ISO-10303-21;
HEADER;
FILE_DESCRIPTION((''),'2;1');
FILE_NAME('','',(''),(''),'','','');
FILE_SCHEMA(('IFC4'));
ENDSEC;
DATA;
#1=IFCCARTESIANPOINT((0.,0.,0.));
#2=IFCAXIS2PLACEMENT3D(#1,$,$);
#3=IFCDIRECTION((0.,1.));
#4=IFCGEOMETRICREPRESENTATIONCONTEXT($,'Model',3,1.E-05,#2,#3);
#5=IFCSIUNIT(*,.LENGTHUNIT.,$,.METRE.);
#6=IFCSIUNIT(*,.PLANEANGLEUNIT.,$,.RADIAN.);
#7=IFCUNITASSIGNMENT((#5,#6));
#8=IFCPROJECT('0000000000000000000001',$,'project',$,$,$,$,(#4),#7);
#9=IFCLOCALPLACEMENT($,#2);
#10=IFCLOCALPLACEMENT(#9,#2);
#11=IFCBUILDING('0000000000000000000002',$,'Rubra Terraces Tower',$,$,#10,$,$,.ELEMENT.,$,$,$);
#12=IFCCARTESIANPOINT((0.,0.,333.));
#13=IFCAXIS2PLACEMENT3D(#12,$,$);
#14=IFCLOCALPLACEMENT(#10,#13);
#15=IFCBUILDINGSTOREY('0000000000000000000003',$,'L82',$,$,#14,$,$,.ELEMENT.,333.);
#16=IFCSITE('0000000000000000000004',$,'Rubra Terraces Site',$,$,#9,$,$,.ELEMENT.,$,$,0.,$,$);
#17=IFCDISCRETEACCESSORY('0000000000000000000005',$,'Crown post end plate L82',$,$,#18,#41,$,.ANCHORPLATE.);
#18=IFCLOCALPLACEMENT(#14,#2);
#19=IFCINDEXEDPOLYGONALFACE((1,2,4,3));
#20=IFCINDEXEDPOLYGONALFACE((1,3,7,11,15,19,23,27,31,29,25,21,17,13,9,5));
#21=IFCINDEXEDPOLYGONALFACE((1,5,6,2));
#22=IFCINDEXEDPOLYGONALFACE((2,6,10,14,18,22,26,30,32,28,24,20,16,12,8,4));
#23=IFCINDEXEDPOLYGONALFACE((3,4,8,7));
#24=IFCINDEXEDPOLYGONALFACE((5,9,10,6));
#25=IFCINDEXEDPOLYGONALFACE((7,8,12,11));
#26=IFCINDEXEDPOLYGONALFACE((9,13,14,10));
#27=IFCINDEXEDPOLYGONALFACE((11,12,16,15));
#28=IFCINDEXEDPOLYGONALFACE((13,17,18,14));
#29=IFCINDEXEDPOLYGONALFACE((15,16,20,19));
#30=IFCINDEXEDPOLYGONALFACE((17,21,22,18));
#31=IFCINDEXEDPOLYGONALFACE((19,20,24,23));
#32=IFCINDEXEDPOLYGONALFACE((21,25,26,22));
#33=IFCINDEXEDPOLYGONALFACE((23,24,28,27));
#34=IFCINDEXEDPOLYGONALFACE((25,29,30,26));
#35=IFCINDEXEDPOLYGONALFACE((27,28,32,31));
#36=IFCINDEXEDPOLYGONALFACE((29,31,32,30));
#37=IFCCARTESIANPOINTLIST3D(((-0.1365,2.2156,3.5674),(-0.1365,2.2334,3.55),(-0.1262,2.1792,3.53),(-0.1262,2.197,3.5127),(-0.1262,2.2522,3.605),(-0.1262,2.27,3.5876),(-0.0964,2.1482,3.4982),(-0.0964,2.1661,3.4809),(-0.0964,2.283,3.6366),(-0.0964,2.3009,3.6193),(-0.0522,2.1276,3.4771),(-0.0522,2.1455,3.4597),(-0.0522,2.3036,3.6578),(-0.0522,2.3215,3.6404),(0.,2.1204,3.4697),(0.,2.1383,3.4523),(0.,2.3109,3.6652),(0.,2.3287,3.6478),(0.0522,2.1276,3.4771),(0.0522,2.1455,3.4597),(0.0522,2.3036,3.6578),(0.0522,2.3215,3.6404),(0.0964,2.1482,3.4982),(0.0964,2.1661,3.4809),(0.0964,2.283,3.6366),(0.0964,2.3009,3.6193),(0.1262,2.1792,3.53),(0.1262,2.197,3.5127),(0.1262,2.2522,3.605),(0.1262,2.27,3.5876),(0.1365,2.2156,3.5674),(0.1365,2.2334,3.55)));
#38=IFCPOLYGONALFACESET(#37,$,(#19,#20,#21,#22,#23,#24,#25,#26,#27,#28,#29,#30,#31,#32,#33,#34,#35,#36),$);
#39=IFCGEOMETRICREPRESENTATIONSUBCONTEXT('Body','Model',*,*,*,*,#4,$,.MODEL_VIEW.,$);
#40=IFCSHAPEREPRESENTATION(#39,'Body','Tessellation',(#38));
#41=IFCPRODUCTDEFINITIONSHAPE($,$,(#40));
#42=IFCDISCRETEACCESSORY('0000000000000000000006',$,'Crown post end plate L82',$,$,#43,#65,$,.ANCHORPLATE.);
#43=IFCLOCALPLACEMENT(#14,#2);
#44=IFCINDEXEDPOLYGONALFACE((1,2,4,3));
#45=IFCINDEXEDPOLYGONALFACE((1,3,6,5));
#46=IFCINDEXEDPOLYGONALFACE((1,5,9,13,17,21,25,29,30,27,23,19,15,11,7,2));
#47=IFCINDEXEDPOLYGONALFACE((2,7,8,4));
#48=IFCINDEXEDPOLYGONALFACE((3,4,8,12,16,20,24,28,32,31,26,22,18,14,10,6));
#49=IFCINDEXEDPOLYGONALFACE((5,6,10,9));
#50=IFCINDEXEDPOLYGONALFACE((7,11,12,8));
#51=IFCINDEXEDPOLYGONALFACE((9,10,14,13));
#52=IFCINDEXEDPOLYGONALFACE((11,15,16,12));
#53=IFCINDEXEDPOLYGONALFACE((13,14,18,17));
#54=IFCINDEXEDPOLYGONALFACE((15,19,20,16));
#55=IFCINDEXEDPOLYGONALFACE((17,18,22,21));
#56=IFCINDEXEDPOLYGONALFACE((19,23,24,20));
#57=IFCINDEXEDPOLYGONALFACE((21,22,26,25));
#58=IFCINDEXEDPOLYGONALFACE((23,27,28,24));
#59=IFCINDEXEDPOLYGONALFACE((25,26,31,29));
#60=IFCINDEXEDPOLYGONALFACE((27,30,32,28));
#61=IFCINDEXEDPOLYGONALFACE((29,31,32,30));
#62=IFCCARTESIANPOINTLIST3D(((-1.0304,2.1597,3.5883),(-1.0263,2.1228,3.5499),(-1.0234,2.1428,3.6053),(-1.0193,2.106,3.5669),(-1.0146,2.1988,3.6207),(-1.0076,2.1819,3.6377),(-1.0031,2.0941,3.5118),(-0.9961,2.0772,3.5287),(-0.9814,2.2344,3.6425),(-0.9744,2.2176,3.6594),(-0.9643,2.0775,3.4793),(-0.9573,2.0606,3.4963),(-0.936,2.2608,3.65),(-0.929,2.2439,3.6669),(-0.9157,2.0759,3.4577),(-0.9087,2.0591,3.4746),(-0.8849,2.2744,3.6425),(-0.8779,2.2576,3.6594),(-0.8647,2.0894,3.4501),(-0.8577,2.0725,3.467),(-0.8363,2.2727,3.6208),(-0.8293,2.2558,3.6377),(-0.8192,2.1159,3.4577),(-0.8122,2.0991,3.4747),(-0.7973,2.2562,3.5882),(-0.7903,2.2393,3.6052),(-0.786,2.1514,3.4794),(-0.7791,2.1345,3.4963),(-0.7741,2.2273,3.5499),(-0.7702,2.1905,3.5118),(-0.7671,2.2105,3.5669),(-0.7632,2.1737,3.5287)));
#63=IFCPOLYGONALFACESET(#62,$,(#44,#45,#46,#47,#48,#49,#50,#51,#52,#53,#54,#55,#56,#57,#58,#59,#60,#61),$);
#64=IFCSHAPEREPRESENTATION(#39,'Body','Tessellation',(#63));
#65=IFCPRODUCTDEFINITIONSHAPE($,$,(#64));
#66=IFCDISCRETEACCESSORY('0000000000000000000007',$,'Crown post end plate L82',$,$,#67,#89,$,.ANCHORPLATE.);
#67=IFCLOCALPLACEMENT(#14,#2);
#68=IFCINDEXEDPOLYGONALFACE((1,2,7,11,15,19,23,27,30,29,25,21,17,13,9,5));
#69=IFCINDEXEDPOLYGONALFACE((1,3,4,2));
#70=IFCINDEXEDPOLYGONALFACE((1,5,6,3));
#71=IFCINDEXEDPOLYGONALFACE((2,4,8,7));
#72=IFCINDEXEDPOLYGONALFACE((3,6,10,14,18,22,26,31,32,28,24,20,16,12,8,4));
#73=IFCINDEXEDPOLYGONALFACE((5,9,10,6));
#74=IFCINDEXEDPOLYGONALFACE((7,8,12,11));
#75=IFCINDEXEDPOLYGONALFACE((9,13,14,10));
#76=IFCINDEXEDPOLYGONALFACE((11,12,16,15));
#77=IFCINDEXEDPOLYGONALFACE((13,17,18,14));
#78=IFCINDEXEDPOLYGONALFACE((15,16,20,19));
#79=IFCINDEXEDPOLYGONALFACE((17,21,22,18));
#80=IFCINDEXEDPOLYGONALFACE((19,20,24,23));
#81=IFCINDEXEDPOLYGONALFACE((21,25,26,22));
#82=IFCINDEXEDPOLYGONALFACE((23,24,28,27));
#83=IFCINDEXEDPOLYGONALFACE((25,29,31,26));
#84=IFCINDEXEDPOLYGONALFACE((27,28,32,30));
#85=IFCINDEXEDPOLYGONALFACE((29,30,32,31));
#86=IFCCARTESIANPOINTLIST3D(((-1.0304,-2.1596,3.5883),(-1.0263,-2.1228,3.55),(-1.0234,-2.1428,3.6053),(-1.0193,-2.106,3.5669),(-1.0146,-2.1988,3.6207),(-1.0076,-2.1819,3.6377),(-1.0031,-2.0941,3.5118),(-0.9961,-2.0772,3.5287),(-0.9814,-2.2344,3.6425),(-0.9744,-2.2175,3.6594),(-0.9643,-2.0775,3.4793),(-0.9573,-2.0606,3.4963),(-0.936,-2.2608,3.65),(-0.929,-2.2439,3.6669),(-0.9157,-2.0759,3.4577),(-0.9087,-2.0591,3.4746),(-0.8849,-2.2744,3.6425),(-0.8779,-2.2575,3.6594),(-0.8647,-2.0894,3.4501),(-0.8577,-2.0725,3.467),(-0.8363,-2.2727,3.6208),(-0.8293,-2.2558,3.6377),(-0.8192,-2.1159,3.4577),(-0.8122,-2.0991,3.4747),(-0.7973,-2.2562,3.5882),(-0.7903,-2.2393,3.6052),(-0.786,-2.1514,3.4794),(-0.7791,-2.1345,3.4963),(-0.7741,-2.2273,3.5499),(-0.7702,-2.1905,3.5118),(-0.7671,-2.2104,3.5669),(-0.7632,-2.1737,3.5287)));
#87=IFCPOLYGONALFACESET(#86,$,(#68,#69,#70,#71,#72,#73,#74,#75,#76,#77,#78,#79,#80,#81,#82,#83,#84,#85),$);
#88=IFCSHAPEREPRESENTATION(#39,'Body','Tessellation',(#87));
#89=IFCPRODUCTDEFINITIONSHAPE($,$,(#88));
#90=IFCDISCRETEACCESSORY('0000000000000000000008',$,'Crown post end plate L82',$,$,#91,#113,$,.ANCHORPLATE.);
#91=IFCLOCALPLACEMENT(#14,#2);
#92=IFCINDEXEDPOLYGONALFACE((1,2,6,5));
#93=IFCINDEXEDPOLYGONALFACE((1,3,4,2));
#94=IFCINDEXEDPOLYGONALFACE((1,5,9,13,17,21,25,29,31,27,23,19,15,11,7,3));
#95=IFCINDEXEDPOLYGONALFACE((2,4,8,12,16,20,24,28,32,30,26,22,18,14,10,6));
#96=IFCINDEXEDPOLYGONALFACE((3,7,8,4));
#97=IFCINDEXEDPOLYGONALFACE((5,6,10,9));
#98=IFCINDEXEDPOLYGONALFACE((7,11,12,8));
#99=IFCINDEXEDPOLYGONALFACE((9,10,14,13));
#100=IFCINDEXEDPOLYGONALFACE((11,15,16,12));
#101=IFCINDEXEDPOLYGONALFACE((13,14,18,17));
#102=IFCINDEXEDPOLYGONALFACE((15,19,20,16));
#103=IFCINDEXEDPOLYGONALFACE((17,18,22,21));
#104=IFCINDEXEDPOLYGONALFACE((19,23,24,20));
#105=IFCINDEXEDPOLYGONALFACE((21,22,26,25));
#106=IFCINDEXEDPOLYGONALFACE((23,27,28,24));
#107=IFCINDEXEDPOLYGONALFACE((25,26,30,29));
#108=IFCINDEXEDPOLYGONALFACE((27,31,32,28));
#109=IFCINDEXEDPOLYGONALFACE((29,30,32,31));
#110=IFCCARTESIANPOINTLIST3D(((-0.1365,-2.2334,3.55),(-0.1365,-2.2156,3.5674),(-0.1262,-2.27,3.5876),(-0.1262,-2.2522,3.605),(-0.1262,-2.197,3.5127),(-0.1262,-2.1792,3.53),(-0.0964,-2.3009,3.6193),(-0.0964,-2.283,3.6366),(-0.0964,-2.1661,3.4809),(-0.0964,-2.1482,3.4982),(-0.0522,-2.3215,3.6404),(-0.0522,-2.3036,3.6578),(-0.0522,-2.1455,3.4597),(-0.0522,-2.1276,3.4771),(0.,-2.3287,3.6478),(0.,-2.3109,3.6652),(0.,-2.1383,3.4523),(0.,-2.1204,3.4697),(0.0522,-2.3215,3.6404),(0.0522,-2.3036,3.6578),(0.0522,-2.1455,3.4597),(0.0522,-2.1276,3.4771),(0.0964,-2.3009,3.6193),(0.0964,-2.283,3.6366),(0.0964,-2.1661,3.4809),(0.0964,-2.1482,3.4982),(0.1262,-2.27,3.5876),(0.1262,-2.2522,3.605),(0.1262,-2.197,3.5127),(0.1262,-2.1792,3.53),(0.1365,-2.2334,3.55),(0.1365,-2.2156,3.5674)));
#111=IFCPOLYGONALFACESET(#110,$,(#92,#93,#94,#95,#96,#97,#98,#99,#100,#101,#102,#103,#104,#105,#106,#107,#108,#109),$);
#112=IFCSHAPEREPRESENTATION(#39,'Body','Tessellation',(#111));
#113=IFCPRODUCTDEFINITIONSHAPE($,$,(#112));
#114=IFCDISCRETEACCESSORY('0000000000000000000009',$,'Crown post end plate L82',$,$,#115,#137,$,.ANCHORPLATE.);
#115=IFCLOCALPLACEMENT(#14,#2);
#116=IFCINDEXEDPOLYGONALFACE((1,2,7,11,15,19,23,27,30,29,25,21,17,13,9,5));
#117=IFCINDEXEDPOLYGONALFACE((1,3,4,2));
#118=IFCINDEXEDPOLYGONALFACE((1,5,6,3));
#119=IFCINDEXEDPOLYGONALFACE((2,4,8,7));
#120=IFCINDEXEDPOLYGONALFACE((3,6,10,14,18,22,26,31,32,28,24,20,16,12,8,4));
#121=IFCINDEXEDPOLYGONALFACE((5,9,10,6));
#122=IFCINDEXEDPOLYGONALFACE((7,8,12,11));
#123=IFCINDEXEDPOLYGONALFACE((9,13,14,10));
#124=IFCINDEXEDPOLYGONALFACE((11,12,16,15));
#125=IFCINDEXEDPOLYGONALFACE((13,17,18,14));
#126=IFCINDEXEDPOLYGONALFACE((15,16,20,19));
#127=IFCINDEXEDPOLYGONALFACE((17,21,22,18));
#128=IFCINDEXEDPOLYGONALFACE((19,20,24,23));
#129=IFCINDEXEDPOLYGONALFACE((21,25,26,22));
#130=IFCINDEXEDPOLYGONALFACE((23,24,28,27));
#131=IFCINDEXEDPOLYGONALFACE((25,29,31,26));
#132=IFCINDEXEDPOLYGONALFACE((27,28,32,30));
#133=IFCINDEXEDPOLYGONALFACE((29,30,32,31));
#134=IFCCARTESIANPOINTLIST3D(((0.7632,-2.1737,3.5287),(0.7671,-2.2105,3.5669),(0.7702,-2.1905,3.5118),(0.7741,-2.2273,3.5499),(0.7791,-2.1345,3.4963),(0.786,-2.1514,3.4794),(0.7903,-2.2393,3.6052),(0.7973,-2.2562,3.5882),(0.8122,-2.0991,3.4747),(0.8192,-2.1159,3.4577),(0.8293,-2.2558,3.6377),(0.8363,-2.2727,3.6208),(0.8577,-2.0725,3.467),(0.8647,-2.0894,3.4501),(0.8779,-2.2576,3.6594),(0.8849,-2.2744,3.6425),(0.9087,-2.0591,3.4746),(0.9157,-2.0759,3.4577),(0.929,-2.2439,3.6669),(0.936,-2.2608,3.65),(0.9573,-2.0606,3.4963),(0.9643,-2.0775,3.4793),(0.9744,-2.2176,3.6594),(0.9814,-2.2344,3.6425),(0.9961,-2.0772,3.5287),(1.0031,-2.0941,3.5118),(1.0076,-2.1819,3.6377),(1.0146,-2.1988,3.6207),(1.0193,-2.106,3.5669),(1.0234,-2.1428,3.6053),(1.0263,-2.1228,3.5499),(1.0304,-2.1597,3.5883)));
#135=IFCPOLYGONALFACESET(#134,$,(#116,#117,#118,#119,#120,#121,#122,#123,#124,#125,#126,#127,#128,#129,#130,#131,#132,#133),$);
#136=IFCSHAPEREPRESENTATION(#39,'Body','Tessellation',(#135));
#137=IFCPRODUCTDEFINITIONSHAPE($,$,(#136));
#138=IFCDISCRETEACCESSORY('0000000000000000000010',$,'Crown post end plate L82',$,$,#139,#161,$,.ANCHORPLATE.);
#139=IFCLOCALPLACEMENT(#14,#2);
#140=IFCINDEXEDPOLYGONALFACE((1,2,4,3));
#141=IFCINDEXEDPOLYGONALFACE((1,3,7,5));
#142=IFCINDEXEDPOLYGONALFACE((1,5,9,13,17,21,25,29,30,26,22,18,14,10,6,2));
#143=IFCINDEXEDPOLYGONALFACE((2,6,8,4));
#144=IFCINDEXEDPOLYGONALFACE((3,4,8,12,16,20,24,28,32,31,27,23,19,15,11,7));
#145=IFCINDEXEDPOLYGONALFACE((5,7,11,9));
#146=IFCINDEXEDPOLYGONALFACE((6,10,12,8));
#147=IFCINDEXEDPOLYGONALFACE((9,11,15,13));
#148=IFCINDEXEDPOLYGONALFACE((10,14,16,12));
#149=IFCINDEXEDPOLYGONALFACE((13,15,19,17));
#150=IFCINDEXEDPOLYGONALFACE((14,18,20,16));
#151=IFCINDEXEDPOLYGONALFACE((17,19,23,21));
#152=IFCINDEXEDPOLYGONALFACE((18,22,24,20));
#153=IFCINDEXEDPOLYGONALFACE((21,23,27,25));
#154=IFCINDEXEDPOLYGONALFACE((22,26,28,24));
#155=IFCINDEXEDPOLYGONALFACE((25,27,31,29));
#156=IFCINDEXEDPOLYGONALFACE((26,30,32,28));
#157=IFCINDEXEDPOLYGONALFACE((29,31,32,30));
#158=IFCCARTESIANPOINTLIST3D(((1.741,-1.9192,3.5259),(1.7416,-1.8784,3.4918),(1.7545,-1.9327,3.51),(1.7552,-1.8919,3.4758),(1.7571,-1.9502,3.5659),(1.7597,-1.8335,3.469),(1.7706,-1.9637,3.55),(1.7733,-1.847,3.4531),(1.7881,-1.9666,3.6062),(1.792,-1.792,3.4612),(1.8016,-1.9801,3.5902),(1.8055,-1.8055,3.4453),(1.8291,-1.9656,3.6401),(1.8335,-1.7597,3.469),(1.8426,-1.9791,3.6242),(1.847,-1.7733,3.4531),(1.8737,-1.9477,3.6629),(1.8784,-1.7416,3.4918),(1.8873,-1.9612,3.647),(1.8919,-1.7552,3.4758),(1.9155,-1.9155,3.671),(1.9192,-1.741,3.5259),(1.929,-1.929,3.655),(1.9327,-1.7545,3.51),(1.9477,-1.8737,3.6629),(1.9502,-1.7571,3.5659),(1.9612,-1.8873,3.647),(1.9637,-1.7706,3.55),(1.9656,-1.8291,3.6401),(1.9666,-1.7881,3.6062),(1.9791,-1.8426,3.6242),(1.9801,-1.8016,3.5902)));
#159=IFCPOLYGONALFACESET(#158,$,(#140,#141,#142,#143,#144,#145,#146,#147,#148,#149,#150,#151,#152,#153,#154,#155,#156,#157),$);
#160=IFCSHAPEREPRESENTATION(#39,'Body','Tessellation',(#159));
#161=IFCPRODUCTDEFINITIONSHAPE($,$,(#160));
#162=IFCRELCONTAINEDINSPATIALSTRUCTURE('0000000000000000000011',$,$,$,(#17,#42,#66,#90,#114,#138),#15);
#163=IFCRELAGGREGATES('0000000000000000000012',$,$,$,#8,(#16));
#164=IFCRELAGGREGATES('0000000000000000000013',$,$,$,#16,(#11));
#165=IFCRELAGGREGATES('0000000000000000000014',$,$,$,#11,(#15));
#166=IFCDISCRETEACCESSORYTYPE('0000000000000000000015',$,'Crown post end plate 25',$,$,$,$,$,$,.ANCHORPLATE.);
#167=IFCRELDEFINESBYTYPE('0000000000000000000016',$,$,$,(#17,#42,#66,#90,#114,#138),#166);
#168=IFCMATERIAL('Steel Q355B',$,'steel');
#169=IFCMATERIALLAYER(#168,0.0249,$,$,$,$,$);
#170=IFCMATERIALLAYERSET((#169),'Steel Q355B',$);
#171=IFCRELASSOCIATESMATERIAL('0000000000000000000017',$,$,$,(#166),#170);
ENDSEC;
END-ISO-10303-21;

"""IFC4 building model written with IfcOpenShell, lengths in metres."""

from ifc_helpers import new_model, si_unit, direction, frame, origin, place, context, subcontext, project, spatial, polyline, outline, extrude, material, layer, layer_set, type_object, element, save


model = new_model("IFC4")

# Units and contexts
model_context = context("Model", 3, precision=1e-05, world=origin(), true_north=direction((0.0, 1.0)))
body_context = subcontext(model_context, "Body", "Model", "MODEL_VIEW")
ifc_project = project(units=[si_unit("LENGTHUNIT", "METRE"), si_unit("PLANEANGLEUNIT", "RADIAN")], contexts=[model_context])

# Site, building, storey
site_placement = place(None, origin())
site = spatial("IfcSite", under=ifc_project, at=site_placement, Name="Rubra Terraces Site", CompositionType="ELEMENT", RefElevation=0.0)
building_placement = place(site_placement, origin())
building = spatial("IfcBuilding", under=site, at=building_placement, Name="Rubra Terraces Tower", CompositionType="ELEMENT")
storey_placement = place(building_placement, frame((0.0, 0.0, 333.0)))
storey = spatial("IfcBuildingStorey", under=building, at=storey_placement, Name="L82", CompositionType="ELEMENT", Elevation=333.0)

# Shared definitions
ifc_material_1 = material(Name="Steel Q355B", Category="steel")

# Discrete accessories
ifc_layer_1 = layer(ifc_material_1, 0.0249)
ifc_layer_set_1 = layer_set([ifc_layer_1], Name="Steel Q355B")
discrete_accessory_type_1 = type_object("IfcDiscreteAccessoryType", Name="Crown post end plate 25", PredefinedType="ANCHORPLATE", material=ifc_layer_set_1)
discrete_accessory_1_placement = place(storey_placement, frame((-0.1365, 2.2156, 3.5674), z_axis=(0.0, -0.71637, 0.69772), x_axis=(0.192965, -0.684607, -0.702907)))
element("IfcDiscreteAccessory", 1, at=discrete_accessory_1_placement, inside=storey, type_object=discrete_accessory_type_1, Name="Crown post end plate L82", PredefinedType="ANCHORPLATE", context=body_context, shape_type="SweptSolid", body=[
    extrude(outline(polyline([(0.0, 0.0), (0.0531, 0.0), (0.1024, 0.0207), (0.1399, 0.0583), (0.1602, 0.1076), (0.1601, 0.1609), (0.1396, 0.2099), (0.1019, 0.2477), (0.0527, 0.2678), (-0.0008, 0.2679), (-0.0499, 0.2472), (-0.0874, 0.2095), (-0.1077, 0.1603), (-0.1076, 0.107), (-0.0871, 0.0579), (-0.0495, 0.0202), (0.0, 0.0)])), origin(), (0.0, 0.0, -1.0), 0.0249),
])
discrete_accessory_2_placement = place(storey_placement, frame((-1.0193, 2.106, 3.5669), z_axis=(0.280514, -0.676975, 0.680453), x_axis=(0.436389, -0.541465, -0.718597)))
element("IfcDiscreteAccessory", 2, at=discrete_accessory_2_placement, inside=storey, type_object=discrete_accessory_type_1, Name="Crown post end plate L82", PredefinedType="ANCHORPLATE", context=body_context, shape_type="SweptSolid", body=[
    extrude(outline(polyline([(0.0, 0.0), (0.0531, 0.0), (0.1024, 0.0202), (0.14, 0.0579), (0.1604, 0.1072), (0.1604, 0.1603), (0.1401, 0.2095), (0.1025, 0.2472), (0.0535, 0.2677), (0.0002, 0.2677), (-0.0492, 0.2473), (-0.0869, 0.2097), (-0.1072, 0.1604), (-0.1073, 0.1073), (-0.0869, 0.058), (-0.0493, 0.0203), (0.0, 0.0)])), origin(), (0.0, 0.0, -1.0), 0.0249),
])
discrete_accessory_3_placement = place(storey_placement, frame((-0.7671, -2.2104, 3.5669), z_axis=(0.280514, 0.676975, 0.680453), x_axis=(0.072773, 0.691875, -0.71834)))
element("IfcDiscreteAccessory", 3, at=discrete_accessory_3_placement, inside=storey, type_object=discrete_accessory_type_1, Name="Crown post end plate L82", PredefinedType="ANCHORPLATE", context=body_context, shape_type="SweptSolid", body=[
    extrude(outline(polyline([(0.0, 0.0), (0.0531, 0.0), (0.1023, 0.0203), (0.14, 0.0578), (0.1606, 0.1069), (0.1607, 0.1602), (0.1406, 0.2094), (0.1029, 0.2471), (0.0539, 0.2676), (0.0006, 0.2679), (-0.0486, 0.2476), (-0.0865, 0.21), (-0.1068, 0.161), (-0.1071, 0.1077), (-0.0868, 0.0584), (-0.0492, 0.0205), (0.0, 0.0)])), origin(), (0.0, 0.0, -1.0), 0.0249),
])
discrete_accessory_4_placement = place(storey_placement, frame((0.1365, -2.2156, 3.5674), z_axis=(0.0, 0.71637, 0.69772), x_axis=(-0.192965, 0.684607, -0.702907)))
element("IfcDiscreteAccessory", 4, at=discrete_accessory_4_placement, inside=storey, type_object=discrete_accessory_type_1, Name="Crown post end plate L82", PredefinedType="ANCHORPLATE", context=body_context, shape_type="SweptSolid", body=[
    extrude(outline(polyline([(0.0, 0.0), (0.0531, 0.0), (0.1024, 0.0207), (0.1399, 0.0583), (0.1602, 0.1076), (0.1601, 0.1609), (0.1396, 0.2099), (0.1019, 0.2477), (0.0527, 0.2678), (-0.0008, 0.2679), (-0.0499, 0.2472), (-0.0874, 0.2095), (-0.1077, 0.1603), (-0.1076, 0.107), (-0.0871, 0.0579), (-0.0495, 0.0202), (0.0, 0.0)])), origin(), (0.0, 0.0, -1.0), 0.0249),
])
discrete_accessory_5_placement = place(storey_placement, frame((1.0193, -2.106, 3.5669), z_axis=(-0.280514, 0.676975, 0.680453), x_axis=(-0.436389, 0.541465, -0.718597)))
element("IfcDiscreteAccessory", 5, at=discrete_accessory_5_placement, inside=storey, type_object=discrete_accessory_type_1, Name="Crown post end plate L82", PredefinedType="ANCHORPLATE", context=body_context, shape_type="SweptSolid", body=[
    extrude(outline(polyline([(0.0, 0.0), (0.0531, 0.0), (0.1024, 0.0202), (0.14, 0.0579), (0.1604, 0.1072), (0.1604, 0.1603), (0.1401, 0.2095), (0.1025, 0.2472), (0.0535, 0.2677), (0.0002, 0.2677), (-0.0492, 0.2473), (-0.0869, 0.2097), (-0.1072, 0.1604), (-0.1073, 0.1073), (-0.0869, 0.058), (-0.0493, 0.0203), (0.0, 0.0)])), origin(), (0.0, 0.0, -1.0), 0.0249),
])
discrete_accessory_6_placement = place(storey_placement, frame((1.9502, -1.7571, 3.5659), z_axis=(-0.543458, 0.543458, 0.639771), x_axis=(-0.583535, 0.303296, -0.753325)))
element("IfcDiscreteAccessory", 6, at=discrete_accessory_6_placement, inside=storey, type_object=discrete_accessory_type_1, Name="Crown post end plate L82", PredefinedType="ANCHORPLATE", context=body_context, shape_type="SweptSolid", body=[
    extrude(outline(polyline([(0.0, 0.0), (0.0531, 0.0), (0.1025, 0.02), (0.1403, 0.0578), (0.1606, 0.1068), (0.161, 0.16), (0.1408, 0.2095), (0.1031, 0.247), (0.0541, 0.2677), (0.0007, 0.2679), (-0.0485, 0.2476), (-0.0863, 0.2101), (-0.1069, 0.1609), (-0.107, 0.1076), (-0.0867, 0.0584), (-0.0493, 0.0205), (0.0, 0.0)])), origin(), (0.0, 0.0, -1.0), 0.0249),
])

save(model, "model.ifc")
